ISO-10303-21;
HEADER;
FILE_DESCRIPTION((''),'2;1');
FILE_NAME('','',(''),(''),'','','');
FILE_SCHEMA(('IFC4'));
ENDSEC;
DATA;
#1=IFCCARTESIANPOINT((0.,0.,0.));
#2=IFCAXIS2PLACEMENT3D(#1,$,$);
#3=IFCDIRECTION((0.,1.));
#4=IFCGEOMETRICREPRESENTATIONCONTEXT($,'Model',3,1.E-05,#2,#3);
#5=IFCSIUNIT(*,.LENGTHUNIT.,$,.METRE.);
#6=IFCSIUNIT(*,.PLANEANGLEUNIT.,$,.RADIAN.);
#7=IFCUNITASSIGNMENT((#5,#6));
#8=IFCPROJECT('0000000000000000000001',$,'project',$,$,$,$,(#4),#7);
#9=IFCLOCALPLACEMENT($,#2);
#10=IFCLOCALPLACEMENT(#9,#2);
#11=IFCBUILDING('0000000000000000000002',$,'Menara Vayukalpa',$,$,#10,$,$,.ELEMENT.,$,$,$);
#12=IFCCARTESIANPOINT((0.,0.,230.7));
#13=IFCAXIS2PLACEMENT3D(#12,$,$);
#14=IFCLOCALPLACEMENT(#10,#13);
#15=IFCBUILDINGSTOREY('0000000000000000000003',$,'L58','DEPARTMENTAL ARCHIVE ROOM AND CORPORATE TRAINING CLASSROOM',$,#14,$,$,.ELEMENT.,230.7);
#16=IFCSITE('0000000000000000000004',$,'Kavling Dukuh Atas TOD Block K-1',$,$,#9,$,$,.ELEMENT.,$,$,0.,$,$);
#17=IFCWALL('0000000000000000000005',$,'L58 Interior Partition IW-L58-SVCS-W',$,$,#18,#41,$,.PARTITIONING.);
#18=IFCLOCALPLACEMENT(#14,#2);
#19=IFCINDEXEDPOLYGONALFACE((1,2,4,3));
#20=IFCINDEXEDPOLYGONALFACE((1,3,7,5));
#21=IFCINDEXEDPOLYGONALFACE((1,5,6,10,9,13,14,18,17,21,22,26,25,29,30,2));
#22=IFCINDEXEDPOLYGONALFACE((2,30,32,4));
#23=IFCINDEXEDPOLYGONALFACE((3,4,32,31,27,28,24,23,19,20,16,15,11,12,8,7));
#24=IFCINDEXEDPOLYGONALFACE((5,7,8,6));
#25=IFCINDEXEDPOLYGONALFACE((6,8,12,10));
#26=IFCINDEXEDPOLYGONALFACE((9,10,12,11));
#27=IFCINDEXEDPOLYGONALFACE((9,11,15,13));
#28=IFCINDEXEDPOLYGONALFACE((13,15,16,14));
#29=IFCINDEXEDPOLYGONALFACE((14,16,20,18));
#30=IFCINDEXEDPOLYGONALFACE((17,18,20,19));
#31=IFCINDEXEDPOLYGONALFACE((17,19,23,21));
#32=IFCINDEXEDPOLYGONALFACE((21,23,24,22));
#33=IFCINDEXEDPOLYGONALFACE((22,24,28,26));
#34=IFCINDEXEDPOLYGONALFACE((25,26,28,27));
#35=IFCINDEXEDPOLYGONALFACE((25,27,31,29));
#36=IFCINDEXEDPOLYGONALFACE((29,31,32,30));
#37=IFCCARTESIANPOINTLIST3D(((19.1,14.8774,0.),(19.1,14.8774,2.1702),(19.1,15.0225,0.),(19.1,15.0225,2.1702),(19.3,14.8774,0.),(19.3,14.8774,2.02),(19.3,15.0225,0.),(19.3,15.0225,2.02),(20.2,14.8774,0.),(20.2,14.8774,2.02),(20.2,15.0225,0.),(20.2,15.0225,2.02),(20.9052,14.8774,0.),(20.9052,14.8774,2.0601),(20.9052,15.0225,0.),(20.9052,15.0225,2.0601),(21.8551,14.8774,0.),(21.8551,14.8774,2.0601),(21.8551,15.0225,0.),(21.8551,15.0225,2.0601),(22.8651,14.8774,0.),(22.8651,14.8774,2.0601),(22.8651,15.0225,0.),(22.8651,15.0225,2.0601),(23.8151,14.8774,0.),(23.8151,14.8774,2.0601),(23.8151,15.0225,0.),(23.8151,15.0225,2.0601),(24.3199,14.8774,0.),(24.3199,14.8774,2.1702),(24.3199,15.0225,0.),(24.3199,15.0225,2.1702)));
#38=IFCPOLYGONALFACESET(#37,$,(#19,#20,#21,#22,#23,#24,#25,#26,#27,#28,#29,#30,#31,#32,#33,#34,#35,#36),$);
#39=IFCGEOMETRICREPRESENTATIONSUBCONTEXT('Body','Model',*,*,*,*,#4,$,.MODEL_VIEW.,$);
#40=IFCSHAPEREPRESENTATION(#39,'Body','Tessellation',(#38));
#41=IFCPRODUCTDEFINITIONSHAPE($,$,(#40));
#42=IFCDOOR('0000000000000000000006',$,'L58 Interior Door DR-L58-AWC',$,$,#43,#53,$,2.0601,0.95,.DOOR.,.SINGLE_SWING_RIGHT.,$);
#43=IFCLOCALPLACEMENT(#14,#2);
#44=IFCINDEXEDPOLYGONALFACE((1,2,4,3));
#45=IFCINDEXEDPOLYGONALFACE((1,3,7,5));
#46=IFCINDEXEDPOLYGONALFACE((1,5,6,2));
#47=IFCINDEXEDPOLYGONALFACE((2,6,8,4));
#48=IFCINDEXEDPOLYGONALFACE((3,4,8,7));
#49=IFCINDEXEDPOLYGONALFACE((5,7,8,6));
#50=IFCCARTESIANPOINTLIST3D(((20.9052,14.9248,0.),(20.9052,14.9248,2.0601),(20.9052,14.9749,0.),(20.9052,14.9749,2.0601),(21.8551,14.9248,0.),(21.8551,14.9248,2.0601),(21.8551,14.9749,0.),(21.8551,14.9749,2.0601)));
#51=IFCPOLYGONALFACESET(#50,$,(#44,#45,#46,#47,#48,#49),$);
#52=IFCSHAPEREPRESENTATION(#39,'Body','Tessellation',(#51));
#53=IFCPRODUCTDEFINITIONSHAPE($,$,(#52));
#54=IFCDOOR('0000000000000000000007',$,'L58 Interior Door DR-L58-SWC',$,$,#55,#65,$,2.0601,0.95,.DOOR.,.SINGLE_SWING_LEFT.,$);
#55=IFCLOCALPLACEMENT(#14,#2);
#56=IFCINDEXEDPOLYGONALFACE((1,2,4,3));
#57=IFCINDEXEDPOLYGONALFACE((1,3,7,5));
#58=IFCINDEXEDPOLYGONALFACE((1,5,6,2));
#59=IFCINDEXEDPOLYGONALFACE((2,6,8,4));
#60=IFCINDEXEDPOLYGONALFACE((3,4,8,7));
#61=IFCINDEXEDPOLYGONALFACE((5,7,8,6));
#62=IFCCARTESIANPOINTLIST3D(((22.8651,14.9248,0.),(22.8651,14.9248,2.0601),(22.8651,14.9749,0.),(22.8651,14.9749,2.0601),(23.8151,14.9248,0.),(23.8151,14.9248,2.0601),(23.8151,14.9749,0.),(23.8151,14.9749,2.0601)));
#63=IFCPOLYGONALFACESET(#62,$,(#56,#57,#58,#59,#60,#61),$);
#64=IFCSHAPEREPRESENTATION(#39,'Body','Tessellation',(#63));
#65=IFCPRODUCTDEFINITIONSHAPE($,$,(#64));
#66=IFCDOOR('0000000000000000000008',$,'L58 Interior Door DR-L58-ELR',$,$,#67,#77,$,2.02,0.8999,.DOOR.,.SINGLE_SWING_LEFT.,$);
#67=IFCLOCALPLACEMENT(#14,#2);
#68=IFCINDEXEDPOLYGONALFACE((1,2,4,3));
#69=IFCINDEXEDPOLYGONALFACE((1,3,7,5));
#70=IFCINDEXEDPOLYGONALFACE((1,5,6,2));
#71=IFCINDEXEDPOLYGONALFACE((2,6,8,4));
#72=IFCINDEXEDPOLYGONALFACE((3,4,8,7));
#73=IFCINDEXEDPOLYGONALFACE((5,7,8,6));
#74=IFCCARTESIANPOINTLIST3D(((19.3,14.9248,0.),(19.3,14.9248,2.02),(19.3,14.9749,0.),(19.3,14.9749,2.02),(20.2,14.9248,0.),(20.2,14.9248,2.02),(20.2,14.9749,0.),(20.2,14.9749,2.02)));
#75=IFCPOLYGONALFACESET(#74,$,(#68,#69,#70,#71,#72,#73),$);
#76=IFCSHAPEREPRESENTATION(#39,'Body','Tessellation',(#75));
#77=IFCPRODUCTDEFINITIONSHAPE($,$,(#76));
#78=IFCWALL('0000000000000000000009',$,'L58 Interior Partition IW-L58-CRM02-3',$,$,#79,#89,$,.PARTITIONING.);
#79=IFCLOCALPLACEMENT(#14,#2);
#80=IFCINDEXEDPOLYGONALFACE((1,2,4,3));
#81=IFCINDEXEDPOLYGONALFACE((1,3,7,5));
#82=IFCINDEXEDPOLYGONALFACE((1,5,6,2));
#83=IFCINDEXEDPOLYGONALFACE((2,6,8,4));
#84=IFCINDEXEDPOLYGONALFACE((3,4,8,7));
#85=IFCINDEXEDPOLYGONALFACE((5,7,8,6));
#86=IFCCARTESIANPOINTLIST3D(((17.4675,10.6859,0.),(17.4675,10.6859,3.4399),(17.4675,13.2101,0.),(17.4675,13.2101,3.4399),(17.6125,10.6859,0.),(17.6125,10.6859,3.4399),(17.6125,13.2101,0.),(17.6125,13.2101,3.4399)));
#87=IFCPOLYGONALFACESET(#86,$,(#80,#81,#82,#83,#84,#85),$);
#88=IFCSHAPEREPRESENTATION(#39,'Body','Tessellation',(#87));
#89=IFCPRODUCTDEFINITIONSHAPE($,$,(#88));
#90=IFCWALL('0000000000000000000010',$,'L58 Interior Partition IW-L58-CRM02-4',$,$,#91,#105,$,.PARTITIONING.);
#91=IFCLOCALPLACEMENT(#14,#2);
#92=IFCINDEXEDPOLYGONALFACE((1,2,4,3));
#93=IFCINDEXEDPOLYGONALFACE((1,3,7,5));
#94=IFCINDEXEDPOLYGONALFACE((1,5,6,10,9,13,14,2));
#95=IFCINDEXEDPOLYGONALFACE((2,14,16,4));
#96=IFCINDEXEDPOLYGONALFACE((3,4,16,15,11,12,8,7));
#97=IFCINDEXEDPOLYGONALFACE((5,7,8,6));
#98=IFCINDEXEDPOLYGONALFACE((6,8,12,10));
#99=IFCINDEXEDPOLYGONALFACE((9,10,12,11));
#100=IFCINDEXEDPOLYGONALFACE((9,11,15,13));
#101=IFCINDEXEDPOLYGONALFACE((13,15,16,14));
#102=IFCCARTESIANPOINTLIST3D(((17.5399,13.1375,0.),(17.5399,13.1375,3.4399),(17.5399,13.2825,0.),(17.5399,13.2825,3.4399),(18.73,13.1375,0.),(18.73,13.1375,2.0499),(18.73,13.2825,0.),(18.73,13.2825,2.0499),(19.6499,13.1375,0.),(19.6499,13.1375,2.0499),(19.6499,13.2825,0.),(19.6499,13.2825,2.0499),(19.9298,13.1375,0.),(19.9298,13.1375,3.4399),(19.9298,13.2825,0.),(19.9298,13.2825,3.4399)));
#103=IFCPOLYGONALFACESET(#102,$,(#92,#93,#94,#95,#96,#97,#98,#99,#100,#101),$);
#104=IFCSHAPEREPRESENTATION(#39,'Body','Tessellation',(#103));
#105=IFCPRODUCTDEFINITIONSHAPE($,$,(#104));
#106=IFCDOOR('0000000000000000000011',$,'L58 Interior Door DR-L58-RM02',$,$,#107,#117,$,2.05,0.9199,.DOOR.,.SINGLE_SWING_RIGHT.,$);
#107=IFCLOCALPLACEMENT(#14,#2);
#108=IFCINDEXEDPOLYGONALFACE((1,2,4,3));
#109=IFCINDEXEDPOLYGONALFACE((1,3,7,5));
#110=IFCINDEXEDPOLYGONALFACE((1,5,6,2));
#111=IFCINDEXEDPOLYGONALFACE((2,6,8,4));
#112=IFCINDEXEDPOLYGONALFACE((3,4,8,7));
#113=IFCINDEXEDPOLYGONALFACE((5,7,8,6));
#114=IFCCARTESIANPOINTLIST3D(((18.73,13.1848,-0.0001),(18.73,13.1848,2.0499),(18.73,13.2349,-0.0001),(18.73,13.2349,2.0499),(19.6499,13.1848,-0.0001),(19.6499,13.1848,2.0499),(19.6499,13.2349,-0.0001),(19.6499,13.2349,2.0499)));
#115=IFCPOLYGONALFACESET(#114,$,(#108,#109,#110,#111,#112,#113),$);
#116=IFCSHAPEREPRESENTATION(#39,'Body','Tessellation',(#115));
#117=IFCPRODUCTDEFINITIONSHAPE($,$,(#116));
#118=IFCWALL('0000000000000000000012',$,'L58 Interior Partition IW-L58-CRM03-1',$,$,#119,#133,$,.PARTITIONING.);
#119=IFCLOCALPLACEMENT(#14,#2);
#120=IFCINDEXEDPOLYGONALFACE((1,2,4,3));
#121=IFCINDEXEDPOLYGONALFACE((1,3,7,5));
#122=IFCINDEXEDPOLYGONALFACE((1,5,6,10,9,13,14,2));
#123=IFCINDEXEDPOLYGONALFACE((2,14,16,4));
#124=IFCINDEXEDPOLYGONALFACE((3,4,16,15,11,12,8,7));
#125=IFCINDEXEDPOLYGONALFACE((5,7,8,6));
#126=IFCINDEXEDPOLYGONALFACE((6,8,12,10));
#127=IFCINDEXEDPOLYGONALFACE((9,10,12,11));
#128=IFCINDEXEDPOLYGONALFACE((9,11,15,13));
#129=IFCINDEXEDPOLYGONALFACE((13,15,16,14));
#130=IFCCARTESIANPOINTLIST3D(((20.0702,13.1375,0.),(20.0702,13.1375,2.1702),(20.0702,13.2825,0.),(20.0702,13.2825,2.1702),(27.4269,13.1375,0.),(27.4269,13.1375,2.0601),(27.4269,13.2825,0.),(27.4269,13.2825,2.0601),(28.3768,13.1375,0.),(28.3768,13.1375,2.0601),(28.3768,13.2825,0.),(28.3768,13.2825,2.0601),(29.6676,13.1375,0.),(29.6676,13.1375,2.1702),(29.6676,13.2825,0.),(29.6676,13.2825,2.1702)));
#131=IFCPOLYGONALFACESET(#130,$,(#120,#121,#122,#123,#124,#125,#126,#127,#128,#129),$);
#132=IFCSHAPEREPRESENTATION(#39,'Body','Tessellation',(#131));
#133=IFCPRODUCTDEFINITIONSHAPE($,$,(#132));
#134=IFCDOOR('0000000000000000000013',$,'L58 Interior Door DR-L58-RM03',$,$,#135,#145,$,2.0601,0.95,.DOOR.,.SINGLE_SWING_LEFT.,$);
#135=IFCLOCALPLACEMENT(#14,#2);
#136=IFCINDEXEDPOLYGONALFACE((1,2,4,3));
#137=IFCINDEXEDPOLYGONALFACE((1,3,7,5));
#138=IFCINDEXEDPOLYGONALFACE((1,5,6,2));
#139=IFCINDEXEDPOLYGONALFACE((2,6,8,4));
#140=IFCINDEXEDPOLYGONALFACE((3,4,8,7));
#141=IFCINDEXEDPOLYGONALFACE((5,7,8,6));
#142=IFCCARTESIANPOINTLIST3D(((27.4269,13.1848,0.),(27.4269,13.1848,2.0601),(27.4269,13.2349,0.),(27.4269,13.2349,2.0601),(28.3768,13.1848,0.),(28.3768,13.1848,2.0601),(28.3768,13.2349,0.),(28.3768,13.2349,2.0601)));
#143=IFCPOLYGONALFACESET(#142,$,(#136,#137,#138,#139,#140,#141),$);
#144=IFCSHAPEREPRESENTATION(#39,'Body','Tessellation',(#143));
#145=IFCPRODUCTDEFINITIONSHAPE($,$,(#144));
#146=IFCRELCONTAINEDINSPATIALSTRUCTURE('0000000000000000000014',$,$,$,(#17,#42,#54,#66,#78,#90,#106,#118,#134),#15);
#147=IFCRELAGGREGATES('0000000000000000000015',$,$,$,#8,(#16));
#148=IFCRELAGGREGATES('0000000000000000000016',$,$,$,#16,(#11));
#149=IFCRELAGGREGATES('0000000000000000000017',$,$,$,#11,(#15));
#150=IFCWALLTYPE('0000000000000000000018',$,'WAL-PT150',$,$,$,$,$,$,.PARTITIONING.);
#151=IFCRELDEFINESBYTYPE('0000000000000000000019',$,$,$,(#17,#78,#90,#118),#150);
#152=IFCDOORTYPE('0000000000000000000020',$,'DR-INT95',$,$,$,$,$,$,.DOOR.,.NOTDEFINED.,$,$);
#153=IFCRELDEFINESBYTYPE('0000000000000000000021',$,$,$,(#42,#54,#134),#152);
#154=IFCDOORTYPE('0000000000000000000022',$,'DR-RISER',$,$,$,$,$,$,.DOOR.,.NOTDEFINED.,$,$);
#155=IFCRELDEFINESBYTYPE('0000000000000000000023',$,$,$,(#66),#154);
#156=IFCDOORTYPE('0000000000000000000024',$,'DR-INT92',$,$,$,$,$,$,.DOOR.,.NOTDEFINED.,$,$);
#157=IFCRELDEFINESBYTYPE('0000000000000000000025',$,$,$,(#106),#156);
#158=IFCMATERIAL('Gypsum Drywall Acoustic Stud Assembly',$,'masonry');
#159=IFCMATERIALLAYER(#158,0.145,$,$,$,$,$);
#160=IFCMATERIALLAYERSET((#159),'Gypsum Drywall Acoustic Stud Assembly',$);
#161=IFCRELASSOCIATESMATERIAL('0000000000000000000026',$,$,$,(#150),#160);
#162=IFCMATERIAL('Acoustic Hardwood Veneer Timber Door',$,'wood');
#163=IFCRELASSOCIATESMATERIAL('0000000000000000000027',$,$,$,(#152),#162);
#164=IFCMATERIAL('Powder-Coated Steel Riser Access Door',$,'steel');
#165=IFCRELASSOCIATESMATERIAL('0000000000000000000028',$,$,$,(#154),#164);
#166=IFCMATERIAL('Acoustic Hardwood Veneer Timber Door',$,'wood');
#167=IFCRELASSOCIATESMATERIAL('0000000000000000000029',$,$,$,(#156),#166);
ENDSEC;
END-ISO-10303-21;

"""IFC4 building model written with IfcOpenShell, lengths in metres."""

from ifc_helpers import new_model, si_unit, direction, frame, frame_2d, origin, place, context, subcontext, project, spatial, rectangle, extrude, material, layer, layer_set, type_object, element, fill, save


model = new_model("IFC4")

# Units and contexts
model_context = context("Model", 3, precision=1e-05, world=origin(), true_north=direction((0.0, 1.0)))
body_context = subcontext(model_context, "Body", "Model", "MODEL_VIEW")
ifc_project = project(units=[si_unit("LENGTHUNIT", "METRE"), si_unit("PLANEANGLEUNIT", "RADIAN")], contexts=[model_context])

# Site, building, storey
site_placement = place(None, origin())
site = spatial("IfcSite", under=ifc_project, at=site_placement, Name="Kavling Dukuh Atas TOD Block K-1", CompositionType="ELEMENT", RefElevation=0.0)
building_placement = place(site_placement, origin())
building = spatial("IfcBuilding", under=site, at=building_placement, Name="Menara Vayukalpa", CompositionType="ELEMENT")
storey_placement = place(building_placement, frame((0.0, 0.0, 230.7)))
storey = spatial("IfcBuildingStorey", under=building, at=storey_placement, Name="L58", Description="DEPARTMENTAL ARCHIVE ROOM AND CORPORATE TRAINING CLASSROOM", CompositionType="ELEMENT", Elevation=230.7)

# Wall, openings, doors
ifc_material_1 = material(Name="Gypsum Drywall Acoustic Stud Assembly", Category="masonry")
ifc_layer_1 = layer(ifc_material_1, 0.145)
ifc_layer_set_1 = layer_set([ifc_layer_1], Name="Gypsum Drywall Acoustic Stud Assembly")
wall_type_1 = type_object("IfcWallType", Name="WAL-PT150", PredefinedType="PARTITIONING", material=ifc_layer_set_1)
wall_1_placement = place(storey_placement, frame((19.1001, 14.95, 0.0), z_axis=(0.0, 0.0, 1.0), x_axis=(1.0, 0.0, 0.0)))
wall_1 = element("IfcWall", 1, at=wall_1_placement, inside=storey, type_object=wall_type_1, Name="L58 Interior Partition IW-L58-SVCS-W", PredefinedType="PARTITIONING", context=body_context, shape_type="SweptSolid", body=[
    extrude(rectangle(XDim=5.22, YDim=0.145, at=frame_2d((2.6099, 0.0))), origin(), (0.0, 0.0, 1.0), 2.1702),
])
opening_1_placement = place(wall_1_placement, frame((0.2, 0.0, 0.0)))
opening_1 = element("IfcOpeningElement", 2, at=opening_1_placement, cuts=wall_1, PredefinedType="OPENING", context=body_context, shape_type="SweptSolid", body=[
    extrude(rectangle(XDim=0.8999, YDim=2.02, at=frame_2d((0.45, 1.01))), frame((0.0, 0.0825, 0.0), z_axis=(0.0, -1.0, 0.0), x_axis=(1.0, 0.0, 0.0)), (0.0, 0.0, 1.0), 0.165),
])
opening_2_placement = place(wall_1_placement, frame((1.8049, 0.0, 0.0)))
opening_2 = element("IfcOpeningElement", 3, at=opening_2_placement, cuts=wall_1, PredefinedType="OPENING", context=body_context, shape_type="SweptSolid", body=[
    extrude(rectangle(XDim=0.95, YDim=2.0601, at=frame_2d((0.4751, 1.03))), frame((0.0, 0.0825, 0.0), z_axis=(0.0, -1.0, 0.0), x_axis=(1.0, 0.0, 0.0)), (0.0, 0.0, 1.0), 0.165),
])
opening_3_placement = place(wall_1_placement, frame((3.7649, 0.0, 0.0)))
opening_3 = element("IfcOpeningElement", 4, at=opening_3_placement, cuts=wall_1, PredefinedType="OPENING", context=body_context, shape_type="SweptSolid", body=[
    extrude(rectangle(XDim=0.95, YDim=2.0601, at=frame_2d((0.4751, 1.03))), frame((0.0, 0.0825, 0.0), z_axis=(0.0, -1.0, 0.0), x_axis=(1.0, 0.0, 0.0)), (0.0, 0.0, 1.0), 0.165),
])
ifc_material_2 = material(Name="Acoustic Hardwood Veneer Timber Door", Category="wood")
door_type_1 = type_object("IfcDoorType", Name="DR-INT95", OperationType="NOTDEFINED", PredefinedType="DOOR", material=ifc_material_2)
door_1_placement = place(opening_2_placement, origin())
door_1 = element("IfcDoor", 5, at=door_1_placement, inside=storey, type_object=door_type_1, Name="L58 Interior Door DR-L58-AWC", OperationType="SINGLE_SWING_RIGHT", OverallHeight=2.0601, OverallWidth=0.95, PredefinedType="DOOR", context=body_context, shape_type="SweptSolid", body=[
    extrude(rectangle(XDim=0.95, YDim=2.0601, at=frame_2d((0.4751, 1.03))), frame((0.0, 0.0249, 0.0), z_axis=(0.0, -1.0, 0.0), x_axis=(1.0, 0.0, 0.0)), (0.0, 0.0, 1.0), 0.05),
])
fill(opening_2, door_1)
door_2_placement = place(opening_3_placement, origin())
door_2 = element("IfcDoor", 6, at=door_2_placement, inside=storey, type_object=door_type_1, Name="L58 Interior Door DR-L58-SWC", OperationType="SINGLE_SWING_LEFT", OverallHeight=2.0601, OverallWidth=0.95, PredefinedType="DOOR", context=body_context, shape_type="SweptSolid", body=[
    extrude(rectangle(XDim=0.95, YDim=2.0601, at=frame_2d((0.4751, 1.03))), frame((0.0, 0.0249, 0.0), z_axis=(0.0, -1.0, 0.0), x_axis=(1.0, 0.0, 0.0)), (0.0, 0.0, 1.0), 0.05),
])
fill(opening_3, door_2)
ifc_material_3 = material(Name="Powder-Coated Steel Riser Access Door", Category="steel")
door_type_2 = type_object("IfcDoorType", Name="DR-RISER", OperationType="NOTDEFINED", PredefinedType="DOOR", material=ifc_material_3)
door_3_placement = place(opening_1_placement, origin())
door_3 = element("IfcDoor", 7, at=door_3_placement, inside=storey, type_object=door_type_2, Name="L58 Interior Door DR-L58-ELR", OperationType="SINGLE_SWING_LEFT", OverallHeight=2.02, OverallWidth=0.8999, PredefinedType="DOOR", context=body_context, shape_type="SweptSolid", body=[
    extrude(rectangle(XDim=0.8999, YDim=2.02, at=frame_2d((0.45, 1.01))), frame((0.0, 0.0249, 0.0), z_axis=(0.0, -1.0, 0.0), x_axis=(1.0, 0.0, 0.0)), (0.0, 0.0, 1.0), 0.05),
])
fill(opening_1, door_3)

# Wall
wall_2_placement = place(storey_placement, frame((17.54, 10.6858, 0.0), z_axis=(0.0, 0.0, 1.0), x_axis=(0.0, 1.0, 0.0)))
element("IfcWall", 8, at=wall_2_placement, inside=storey, type_object=wall_type_1, Name="L58 Interior Partition IW-L58-CRM02-3", PredefinedType="PARTITIONING", context=body_context, shape_type="SweptSolid", body=[
    extrude(rectangle(XDim=2.5242, YDim=0.145, at=frame_2d((1.2622, 0.0))), origin(), (0.0, 0.0, 1.0), 3.4399),
])

# Walls, openings, doors
wall_3_placement = place(storey_placement, frame((17.54, 13.21, 0.0), z_axis=(0.0, 0.0, 1.0), x_axis=(1.0, 0.0, 0.0)))
wall_3 = element("IfcWall", 9, at=wall_3_placement, inside=storey, type_object=wall_type_1, Name="L58 Interior Partition IW-L58-CRM02-4", PredefinedType="PARTITIONING", context=body_context, shape_type="SweptSolid", body=[
    extrude(rectangle(XDim=2.3899, YDim=0.145, at=frame_2d((1.1948, 0.0))), origin(), (0.0, 0.0, 1.0), 3.4399),
])
opening_4_placement = place(wall_3_placement, frame((1.1899, 0.0, 0.0)))
opening_4 = element("IfcOpeningElement", 10, at=opening_4_placement, cuts=wall_3, PredefinedType="OPENING", context=body_context, shape_type="SweptSolid", body=[
    extrude(rectangle(XDim=0.9199, YDim=2.05, at=frame_2d((0.46, 1.0249))), frame((0.0, 0.0825, 0.0), z_axis=(0.0, -1.0, 0.0), x_axis=(1.0, 0.0, 0.0)), (0.0, 0.0, 1.0), 0.165),
])
ifc_material_4 = material(Name="Acoustic Hardwood Veneer Timber Door", Category="wood")
door_type_3 = type_object("IfcDoorType", Name="DR-INT92", OperationType="NOTDEFINED", PredefinedType="DOOR", material=ifc_material_4)
door_4_placement = place(opening_4_placement, origin())
door_4 = element("IfcDoor", 11, at=door_4_placement, inside=storey, type_object=door_type_3, Name="L58 Interior Door DR-L58-RM02", OperationType="SINGLE_SWING_RIGHT", OverallHeight=2.05, OverallWidth=0.9199, PredefinedType="DOOR", context=body_context, shape_type="SweptSolid", body=[
    extrude(rectangle(XDim=0.9199, YDim=2.05, at=frame_2d((0.46, 1.0249))), frame((0.0, 0.0249, 0.0), z_axis=(0.0, -1.0, 0.0), x_axis=(1.0, 0.0, 0.0)), (0.0, 0.0, 1.0), 0.05),
])
fill(opening_4, door_4)
wall_4_placement = place(storey_placement, frame((20.0701, 13.21, 0.0), z_axis=(0.0, 0.0, 1.0), x_axis=(1.0, 0.0, 0.0)))
wall_4 = element("IfcWall", 12, at=wall_4_placement, inside=storey, type_object=wall_type_1, Name="L58 Interior Partition IW-L58-CRM03-1", PredefinedType="PARTITIONING", context=body_context, shape_type="SweptSolid", body=[
    extrude(rectangle(XDim=9.5974, YDim=0.145, at=frame_2d((4.7988, 0.0))), origin(), (0.0, 0.0, 1.0), 2.1702),
])
opening_5_placement = place(wall_4_placement, frame((7.3567, 0.0, 0.0)))
opening_5 = element("IfcOpeningElement", 13, at=opening_5_placement, cuts=wall_4, PredefinedType="OPENING", context=body_context, shape_type="SweptSolid", body=[
    extrude(rectangle(XDim=0.95, YDim=2.0601, at=frame_2d((0.4751, 1.03))), frame((0.0, 0.0825, 0.0), z_axis=(0.0, -1.0, 0.0), x_axis=(1.0, 0.0, 0.0)), (0.0, 0.0, 1.0), 0.165),
])
door_5_placement = place(opening_5_placement, origin())
door_5 = element("IfcDoor", 14, at=door_5_placement, inside=storey, type_object=door_type_1, Name="L58 Interior Door DR-L58-RM03", OperationType="SINGLE_SWING_LEFT", OverallHeight=2.0601, OverallWidth=0.95, PredefinedType="DOOR", context=body_context, shape_type="SweptSolid", body=[
    extrude(rectangle(XDim=0.95, YDim=2.0601, at=frame_2d((0.4751, 1.03))), frame((0.0, 0.0249, 0.0), z_axis=(0.0, -1.0, 0.0), x_axis=(1.0, 0.0, 0.0)), (0.0, 0.0, 1.0), 0.05),
])
fill(opening_5, door_5)

save(model, "model.ifc")
